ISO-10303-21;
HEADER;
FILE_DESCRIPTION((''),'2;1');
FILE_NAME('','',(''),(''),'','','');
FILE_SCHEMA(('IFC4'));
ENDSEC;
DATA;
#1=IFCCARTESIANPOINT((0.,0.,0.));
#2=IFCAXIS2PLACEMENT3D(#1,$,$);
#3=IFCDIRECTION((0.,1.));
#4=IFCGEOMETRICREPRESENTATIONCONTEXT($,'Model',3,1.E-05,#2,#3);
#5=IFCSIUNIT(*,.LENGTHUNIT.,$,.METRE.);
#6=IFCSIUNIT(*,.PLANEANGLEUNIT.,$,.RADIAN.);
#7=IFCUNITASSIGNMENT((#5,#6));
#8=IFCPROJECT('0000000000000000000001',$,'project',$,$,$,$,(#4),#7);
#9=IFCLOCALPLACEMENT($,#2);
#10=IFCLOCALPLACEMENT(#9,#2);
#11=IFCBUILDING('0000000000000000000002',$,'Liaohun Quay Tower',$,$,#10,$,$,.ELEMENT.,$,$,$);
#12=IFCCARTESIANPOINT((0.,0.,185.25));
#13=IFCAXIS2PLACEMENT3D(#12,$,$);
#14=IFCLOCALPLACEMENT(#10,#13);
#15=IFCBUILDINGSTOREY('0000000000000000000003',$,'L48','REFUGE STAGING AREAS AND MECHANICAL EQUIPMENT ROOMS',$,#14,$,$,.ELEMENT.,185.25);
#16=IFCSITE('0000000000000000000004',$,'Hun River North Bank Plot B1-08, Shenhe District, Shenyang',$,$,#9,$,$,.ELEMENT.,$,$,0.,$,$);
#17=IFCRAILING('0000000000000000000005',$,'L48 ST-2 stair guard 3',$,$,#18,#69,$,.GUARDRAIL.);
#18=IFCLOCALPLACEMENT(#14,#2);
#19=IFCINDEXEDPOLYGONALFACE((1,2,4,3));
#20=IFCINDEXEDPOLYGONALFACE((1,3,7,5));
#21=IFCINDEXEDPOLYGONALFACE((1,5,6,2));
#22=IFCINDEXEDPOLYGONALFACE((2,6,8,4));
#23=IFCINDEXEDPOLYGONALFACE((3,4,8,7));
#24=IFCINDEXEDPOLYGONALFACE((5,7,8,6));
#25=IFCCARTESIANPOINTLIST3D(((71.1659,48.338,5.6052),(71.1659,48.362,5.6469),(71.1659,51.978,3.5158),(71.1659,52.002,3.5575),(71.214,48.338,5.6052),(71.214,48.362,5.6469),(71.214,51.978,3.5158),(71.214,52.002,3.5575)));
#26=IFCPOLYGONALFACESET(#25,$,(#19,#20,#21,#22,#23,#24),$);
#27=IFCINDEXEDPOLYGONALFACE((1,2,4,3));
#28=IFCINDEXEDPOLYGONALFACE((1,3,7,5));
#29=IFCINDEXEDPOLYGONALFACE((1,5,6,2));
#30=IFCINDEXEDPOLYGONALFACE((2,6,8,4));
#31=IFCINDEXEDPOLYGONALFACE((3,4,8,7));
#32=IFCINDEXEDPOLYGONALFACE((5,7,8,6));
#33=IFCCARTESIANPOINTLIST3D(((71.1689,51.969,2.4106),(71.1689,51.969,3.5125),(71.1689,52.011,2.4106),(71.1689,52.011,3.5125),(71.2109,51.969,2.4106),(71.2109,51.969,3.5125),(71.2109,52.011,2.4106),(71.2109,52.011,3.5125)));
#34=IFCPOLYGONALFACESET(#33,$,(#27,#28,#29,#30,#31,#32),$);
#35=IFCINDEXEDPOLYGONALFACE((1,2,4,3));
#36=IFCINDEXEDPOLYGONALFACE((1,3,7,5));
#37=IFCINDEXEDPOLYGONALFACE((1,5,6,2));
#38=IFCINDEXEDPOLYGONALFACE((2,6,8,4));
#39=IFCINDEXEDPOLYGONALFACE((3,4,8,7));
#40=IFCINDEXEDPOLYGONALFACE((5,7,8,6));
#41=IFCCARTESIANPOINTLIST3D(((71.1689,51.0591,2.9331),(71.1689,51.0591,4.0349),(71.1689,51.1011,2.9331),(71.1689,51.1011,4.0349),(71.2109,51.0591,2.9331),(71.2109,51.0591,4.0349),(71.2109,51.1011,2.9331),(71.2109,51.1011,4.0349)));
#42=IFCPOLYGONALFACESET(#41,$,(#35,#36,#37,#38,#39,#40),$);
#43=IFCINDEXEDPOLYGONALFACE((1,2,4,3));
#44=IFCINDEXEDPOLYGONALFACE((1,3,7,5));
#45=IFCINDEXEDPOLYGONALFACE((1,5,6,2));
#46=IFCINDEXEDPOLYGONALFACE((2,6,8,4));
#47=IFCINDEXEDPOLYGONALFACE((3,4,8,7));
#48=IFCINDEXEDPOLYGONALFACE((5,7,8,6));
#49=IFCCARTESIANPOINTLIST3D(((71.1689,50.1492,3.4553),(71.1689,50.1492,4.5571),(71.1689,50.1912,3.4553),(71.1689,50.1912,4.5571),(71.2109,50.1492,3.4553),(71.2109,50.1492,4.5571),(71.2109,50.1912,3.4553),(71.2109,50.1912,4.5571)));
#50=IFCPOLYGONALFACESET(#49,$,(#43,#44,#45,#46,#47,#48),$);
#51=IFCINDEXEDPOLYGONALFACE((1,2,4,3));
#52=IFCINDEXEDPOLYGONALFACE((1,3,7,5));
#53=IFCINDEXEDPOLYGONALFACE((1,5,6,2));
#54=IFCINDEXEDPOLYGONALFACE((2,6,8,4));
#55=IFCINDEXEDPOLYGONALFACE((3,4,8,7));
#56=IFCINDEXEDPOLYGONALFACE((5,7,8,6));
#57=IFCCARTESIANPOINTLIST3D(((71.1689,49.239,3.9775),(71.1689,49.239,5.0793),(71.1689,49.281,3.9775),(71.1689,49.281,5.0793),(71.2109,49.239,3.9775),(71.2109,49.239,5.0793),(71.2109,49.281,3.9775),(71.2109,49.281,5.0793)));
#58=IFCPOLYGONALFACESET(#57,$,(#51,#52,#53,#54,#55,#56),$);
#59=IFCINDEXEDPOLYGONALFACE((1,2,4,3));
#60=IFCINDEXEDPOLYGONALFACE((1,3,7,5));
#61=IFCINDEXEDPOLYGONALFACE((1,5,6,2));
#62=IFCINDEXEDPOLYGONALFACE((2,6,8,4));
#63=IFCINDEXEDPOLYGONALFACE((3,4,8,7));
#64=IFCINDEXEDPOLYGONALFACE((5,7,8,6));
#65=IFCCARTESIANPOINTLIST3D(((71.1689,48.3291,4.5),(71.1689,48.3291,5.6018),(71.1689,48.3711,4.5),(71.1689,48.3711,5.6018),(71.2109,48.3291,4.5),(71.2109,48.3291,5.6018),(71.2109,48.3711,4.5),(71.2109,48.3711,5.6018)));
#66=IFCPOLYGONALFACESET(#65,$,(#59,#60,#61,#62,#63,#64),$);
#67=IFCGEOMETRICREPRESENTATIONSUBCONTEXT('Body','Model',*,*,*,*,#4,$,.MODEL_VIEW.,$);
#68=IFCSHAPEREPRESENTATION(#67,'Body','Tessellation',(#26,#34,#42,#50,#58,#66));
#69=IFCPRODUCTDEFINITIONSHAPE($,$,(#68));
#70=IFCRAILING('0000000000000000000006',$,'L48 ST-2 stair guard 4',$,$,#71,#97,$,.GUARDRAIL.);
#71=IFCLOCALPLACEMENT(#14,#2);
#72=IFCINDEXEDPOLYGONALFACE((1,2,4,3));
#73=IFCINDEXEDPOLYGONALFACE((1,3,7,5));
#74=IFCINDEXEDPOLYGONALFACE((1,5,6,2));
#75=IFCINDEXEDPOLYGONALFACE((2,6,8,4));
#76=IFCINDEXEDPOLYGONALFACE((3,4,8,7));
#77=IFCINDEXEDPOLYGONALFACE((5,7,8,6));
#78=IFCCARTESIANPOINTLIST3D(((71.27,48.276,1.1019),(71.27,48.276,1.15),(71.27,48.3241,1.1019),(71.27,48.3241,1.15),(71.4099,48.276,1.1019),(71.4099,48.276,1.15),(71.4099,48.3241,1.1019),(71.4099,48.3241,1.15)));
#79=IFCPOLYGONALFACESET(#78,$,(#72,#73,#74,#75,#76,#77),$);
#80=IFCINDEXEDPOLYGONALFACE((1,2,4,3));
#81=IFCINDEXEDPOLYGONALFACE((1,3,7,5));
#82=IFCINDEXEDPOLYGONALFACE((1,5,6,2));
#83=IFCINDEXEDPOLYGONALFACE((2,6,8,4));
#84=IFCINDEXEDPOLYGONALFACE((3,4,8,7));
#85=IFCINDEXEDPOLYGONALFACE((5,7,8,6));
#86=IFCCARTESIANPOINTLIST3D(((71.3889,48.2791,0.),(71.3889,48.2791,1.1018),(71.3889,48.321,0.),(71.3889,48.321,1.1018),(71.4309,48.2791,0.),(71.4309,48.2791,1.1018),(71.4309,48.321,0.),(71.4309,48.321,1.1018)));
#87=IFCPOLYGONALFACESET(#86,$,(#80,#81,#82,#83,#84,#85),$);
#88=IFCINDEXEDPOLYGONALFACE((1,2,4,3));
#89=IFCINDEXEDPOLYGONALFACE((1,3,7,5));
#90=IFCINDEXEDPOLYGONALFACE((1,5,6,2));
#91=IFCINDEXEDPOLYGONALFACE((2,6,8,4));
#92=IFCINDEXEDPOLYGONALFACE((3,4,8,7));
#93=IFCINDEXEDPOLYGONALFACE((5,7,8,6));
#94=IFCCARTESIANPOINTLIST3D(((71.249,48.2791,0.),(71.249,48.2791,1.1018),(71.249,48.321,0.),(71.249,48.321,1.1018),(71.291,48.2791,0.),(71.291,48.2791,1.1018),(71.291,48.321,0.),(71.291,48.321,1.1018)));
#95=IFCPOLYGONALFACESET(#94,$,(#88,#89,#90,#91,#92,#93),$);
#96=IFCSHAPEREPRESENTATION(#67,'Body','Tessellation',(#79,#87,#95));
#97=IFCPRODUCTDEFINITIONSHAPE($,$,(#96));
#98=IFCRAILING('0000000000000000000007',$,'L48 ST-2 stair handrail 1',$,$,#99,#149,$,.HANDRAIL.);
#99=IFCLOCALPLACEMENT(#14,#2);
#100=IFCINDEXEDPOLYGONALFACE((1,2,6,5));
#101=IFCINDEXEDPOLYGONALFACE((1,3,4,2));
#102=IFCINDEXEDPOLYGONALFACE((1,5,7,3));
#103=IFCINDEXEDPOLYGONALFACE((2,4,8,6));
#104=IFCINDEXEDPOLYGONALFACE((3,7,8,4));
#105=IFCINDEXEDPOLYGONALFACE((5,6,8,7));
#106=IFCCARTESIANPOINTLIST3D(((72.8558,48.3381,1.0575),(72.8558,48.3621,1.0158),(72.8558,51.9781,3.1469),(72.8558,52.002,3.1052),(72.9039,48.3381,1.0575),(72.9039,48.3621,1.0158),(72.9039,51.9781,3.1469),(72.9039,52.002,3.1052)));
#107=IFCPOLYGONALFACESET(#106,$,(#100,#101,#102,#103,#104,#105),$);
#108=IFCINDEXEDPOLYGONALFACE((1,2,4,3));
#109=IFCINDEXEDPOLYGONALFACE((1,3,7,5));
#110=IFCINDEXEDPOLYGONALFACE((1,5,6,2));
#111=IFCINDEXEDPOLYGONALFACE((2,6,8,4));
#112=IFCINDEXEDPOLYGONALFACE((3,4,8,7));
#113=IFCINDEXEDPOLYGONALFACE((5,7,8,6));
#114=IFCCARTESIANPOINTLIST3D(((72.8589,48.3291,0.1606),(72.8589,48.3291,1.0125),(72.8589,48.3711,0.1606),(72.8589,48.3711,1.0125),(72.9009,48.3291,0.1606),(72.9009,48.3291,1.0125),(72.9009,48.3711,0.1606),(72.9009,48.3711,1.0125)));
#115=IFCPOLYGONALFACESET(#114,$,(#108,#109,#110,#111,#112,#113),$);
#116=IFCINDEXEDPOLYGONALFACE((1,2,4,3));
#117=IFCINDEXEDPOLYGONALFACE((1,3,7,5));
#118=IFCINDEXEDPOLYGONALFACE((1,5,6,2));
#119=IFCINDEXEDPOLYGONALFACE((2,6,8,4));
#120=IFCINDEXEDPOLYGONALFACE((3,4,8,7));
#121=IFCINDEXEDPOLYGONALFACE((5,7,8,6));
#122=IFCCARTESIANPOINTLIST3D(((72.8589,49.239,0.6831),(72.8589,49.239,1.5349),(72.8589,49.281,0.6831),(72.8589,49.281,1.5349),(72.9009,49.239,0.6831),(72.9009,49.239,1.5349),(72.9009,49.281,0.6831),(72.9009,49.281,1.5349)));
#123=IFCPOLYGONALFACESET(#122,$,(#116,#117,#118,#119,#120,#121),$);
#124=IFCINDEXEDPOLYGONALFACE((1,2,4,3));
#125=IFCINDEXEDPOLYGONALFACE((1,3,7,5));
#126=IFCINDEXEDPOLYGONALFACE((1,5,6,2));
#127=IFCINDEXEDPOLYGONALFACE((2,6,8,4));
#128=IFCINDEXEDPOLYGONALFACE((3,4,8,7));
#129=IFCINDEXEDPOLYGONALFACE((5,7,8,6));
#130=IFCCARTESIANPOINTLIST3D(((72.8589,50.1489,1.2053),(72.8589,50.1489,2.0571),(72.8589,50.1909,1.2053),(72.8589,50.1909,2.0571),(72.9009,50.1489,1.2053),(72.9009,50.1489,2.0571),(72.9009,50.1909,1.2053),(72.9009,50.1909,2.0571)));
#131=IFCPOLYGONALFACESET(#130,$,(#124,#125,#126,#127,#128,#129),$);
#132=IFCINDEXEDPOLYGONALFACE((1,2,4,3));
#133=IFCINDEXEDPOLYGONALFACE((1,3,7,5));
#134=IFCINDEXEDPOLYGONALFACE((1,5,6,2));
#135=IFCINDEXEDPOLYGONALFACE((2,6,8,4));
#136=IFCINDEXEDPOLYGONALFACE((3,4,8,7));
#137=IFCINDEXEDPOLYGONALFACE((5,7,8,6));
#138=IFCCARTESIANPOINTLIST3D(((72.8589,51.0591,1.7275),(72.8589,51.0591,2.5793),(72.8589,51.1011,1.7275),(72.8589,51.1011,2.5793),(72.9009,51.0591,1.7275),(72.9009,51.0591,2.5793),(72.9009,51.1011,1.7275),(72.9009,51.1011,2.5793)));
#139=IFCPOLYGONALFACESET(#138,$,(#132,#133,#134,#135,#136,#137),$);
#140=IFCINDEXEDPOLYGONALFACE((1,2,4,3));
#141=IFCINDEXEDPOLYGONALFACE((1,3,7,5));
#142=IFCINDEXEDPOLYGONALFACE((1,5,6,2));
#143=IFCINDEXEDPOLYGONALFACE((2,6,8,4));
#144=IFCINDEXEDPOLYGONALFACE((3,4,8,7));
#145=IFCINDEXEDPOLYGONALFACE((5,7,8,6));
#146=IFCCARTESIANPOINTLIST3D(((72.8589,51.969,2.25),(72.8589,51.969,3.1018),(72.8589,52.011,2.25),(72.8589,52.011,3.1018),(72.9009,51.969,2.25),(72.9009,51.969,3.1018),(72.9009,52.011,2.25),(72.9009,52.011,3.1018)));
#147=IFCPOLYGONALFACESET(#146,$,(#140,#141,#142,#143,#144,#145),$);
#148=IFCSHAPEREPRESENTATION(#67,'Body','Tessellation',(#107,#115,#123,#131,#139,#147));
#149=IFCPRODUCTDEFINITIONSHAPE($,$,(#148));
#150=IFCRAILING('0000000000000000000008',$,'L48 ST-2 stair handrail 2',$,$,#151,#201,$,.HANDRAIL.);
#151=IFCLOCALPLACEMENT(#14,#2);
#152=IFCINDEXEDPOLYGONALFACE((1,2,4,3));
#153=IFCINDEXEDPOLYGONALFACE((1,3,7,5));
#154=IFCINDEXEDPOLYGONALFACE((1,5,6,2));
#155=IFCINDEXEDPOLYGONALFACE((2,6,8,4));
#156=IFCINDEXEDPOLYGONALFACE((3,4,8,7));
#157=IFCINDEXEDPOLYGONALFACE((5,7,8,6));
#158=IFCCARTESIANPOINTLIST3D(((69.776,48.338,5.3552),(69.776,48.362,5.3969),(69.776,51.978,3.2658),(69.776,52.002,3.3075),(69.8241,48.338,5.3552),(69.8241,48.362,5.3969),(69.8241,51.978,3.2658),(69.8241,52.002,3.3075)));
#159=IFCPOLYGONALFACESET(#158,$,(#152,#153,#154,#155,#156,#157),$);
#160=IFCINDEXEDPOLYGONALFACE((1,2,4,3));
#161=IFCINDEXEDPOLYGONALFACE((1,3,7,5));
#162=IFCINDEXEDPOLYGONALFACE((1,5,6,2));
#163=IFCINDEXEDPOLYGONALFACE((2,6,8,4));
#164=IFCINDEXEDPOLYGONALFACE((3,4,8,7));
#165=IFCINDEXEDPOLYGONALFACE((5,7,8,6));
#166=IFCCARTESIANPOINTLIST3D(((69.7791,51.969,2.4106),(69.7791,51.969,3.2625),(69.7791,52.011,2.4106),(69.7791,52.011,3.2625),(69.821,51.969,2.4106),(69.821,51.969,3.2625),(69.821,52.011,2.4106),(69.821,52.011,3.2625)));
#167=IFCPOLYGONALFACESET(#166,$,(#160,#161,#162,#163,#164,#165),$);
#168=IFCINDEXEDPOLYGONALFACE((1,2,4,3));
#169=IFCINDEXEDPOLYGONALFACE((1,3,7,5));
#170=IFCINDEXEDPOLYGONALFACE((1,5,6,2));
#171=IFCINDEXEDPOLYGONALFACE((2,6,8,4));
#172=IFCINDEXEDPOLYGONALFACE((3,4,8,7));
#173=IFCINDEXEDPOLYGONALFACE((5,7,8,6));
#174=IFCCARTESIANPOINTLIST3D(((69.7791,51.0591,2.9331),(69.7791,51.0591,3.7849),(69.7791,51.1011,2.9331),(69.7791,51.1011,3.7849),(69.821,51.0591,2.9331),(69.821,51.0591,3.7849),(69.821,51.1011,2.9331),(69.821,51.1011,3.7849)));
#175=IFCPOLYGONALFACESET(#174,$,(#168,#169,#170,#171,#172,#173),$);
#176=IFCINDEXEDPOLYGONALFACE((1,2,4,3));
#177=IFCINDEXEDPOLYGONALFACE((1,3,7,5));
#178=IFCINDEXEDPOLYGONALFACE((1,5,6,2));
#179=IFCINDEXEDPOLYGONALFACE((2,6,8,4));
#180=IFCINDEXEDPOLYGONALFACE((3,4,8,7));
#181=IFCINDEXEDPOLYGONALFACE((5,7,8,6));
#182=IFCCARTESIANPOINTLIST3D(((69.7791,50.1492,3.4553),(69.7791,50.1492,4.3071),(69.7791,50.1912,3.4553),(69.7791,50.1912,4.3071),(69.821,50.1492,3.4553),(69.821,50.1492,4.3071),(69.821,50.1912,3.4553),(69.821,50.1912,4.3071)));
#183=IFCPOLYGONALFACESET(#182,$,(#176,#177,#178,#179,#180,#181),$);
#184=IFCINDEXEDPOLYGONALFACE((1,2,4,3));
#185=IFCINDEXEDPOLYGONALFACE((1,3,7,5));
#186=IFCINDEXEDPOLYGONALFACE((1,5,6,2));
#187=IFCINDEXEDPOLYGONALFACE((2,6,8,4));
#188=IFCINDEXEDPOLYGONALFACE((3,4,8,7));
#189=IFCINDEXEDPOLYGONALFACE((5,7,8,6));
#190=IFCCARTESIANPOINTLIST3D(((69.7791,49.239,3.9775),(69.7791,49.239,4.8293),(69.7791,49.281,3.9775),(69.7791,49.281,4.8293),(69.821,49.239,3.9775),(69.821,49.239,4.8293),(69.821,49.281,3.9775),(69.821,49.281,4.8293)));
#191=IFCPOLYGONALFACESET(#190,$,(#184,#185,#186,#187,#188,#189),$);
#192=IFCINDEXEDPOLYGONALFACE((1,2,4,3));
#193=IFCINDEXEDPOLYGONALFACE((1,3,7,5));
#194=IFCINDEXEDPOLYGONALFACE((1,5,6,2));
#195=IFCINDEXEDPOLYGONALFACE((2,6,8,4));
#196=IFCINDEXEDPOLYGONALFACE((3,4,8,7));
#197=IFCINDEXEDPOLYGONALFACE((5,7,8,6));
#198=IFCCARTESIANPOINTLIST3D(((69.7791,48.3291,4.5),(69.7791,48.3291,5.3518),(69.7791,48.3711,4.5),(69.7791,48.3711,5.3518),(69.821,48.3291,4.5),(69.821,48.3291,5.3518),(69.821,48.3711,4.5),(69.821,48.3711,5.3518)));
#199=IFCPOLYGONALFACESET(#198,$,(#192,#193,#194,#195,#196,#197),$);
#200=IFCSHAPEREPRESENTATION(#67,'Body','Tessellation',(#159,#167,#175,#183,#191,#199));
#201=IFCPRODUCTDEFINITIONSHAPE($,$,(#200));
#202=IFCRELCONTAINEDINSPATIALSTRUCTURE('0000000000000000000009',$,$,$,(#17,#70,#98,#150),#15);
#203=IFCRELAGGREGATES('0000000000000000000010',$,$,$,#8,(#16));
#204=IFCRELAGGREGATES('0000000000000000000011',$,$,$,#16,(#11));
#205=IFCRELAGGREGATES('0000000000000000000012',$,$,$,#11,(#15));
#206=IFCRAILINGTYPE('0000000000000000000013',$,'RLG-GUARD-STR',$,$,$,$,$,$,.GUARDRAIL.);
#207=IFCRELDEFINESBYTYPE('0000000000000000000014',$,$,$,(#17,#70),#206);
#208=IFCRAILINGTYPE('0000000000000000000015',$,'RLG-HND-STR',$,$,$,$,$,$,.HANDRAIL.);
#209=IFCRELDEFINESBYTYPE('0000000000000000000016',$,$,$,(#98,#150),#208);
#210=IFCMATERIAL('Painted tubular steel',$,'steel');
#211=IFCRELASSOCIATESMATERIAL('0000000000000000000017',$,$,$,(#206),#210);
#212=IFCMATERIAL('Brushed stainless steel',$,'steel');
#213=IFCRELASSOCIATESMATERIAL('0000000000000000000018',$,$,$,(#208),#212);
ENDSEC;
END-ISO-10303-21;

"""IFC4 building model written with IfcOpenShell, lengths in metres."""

from ifc_helpers import new_model, si_unit, direction, frame, origin, origin_2d, place, context, subcontext, project, spatial, rectangle, extrude, material, type_object, element, save


model = new_model("IFC4")

# Units and contexts
model_context = context("Model", 3, precision=1e-05, world=origin(), true_north=direction((0.0, 1.0)))
body_context = subcontext(model_context, "Body", "Model", "MODEL_VIEW")
ifc_project = project(units=[si_unit("LENGTHUNIT", "METRE"), si_unit("PLANEANGLEUNIT", "RADIAN")], contexts=[model_context])

# Site, building, storey
site_placement = place(None, origin())
site = spatial("IfcSite", under=ifc_project, at=site_placement, Name="Hun River North Bank Plot B1-08, Shenhe District, Shenyang", CompositionType="ELEMENT", RefElevation=0.0)
building_placement = place(site_placement, origin())
building = spatial("IfcBuilding", under=site, at=building_placement, Name="Liaohun Quay Tower", CompositionType="ELEMENT")
storey_placement = place(building_placement, frame((0.0, 0.0, 185.25)))
storey = spatial("IfcBuildingStorey", under=building, at=storey_placement, Name="L48", Description="REFUGE STAGING AREAS AND MECHANICAL EQUIPMENT ROOMS", CompositionType="ELEMENT", Elevation=185.25)

# Railings
ifc_material_1 = material(Name="Painted tubular steel", Category="steel")
railing_type_1 = type_object("IfcRailingType", Name="RLG-GUARD-STR", PredefinedType="GUARDRAIL", material=ifc_material_1)
railing_1_placement = place(storey_placement, frame((71.1899, 51.99, 2.4106)))
element("IfcRailing", 1, at=railing_1_placement, inside=storey, type_object=railing_type_1, Name="L48 ST-2 stair guard 3", PredefinedType="GUARDRAIL", context=body_context, shape_type="SweptSolid", body=[
    extrude(rectangle(XDim=0.0481, YDim=0.0481, at=origin_2d()), frame((0.0, 0.0, 1.126), z_axis=(0.0, -0.867275, 0.497829), x_axis=(1.0, 0.0, 0.0)), (0.0, 0.0, 1.0), 4.197),
    extrude(rectangle(XDim=0.042, YDim=0.042, at=origin_2d()), origin(), (0.0, 0.0, 1.0), 1.1018),
    extrude(rectangle(XDim=0.042, YDim=0.042, at=origin_2d()), frame((0.0, -0.9099, 0.5225)), (0.0, 0.0, 1.0), 1.1018),
    extrude(rectangle(XDim=0.042, YDim=0.042, at=origin_2d()), frame((0.0, -1.8198, 1.0447)), (0.0, 0.0, 1.0), 1.1018),
    extrude(rectangle(XDim=0.042, YDim=0.042, at=origin_2d()), frame((0.0, -2.73, 1.5669)), (0.0, 0.0, 1.0), 1.1018),
    extrude(rectangle(XDim=0.042, YDim=0.042, at=origin_2d()), frame((0.0, -3.6399, 2.0894)), (0.0, 0.0, 1.0), 1.1018),
])
railing_2_placement = place(storey_placement, frame((71.4099, 48.3, 0.0)))
element("IfcRailing", 2, at=railing_2_placement, inside=storey, type_object=railing_type_1, Name="L48 ST-2 stair guard 4", PredefinedType="GUARDRAIL", context=body_context, shape_type="SweptSolid", body=[
    extrude(rectangle(XDim=0.0481, YDim=0.0481, at=origin_2d()), frame((0.0, 0.0, 1.126), z_axis=(-1.0, 0.0, 0.0), x_axis=(0.0, -1.0, 0.0)), (0.0, 0.0, 1.0), 0.1399),
    extrude(rectangle(XDim=0.042, YDim=0.042, at=origin_2d()), origin(), (0.0, 0.0, 1.0), 1.1018),
    extrude(rectangle(XDim=0.042, YDim=0.042, at=origin_2d()), frame((-0.1399, 0.0, 0.0)), (0.0, 0.0, 1.0), 1.1018),
])
ifc_material_2 = material(Name="Brushed stainless steel", Category="steel")
railing_type_2 = type_object("IfcRailingType", Name="RLG-HND-STR", PredefinedType="HANDRAIL", material=ifc_material_2)
railing_3_placement = place(storey_placement, frame((72.8799, 48.3501, 0.1606)))
element("IfcRailing", 3, at=railing_3_placement, inside=storey, type_object=railing_type_2, Name="L48 ST-2 stair handrail 1", PredefinedType="HANDRAIL", context=body_context, shape_type="SweptSolid", body=[
    extrude(rectangle(XDim=0.0481, YDim=0.0481, at=origin_2d()), frame((0.0, 0.0, 0.876), z_axis=(0.0, 0.867275, 0.497829), x_axis=(-1.0, 0.0, 0.0)), (0.0, 0.0, 1.0), 4.197),
    extrude(rectangle(XDim=0.042, YDim=0.042, at=origin_2d()), origin(), (0.0, 0.0, 1.0), 0.8518),
    extrude(rectangle(XDim=0.042, YDim=0.042, at=origin_2d()), frame((0.0, 0.9099, 0.5225)), (0.0, 0.0, 1.0), 0.8518),
    extrude(rectangle(XDim=0.042, YDim=0.042, at=origin_2d()), frame((0.0, 1.8198, 1.0447)), (0.0, 0.0, 1.0), 0.8518),
    extrude(rectangle(XDim=0.042, YDim=0.042, at=origin_2d()), frame((0.0, 2.73, 1.5669)), (0.0, 0.0, 1.0), 0.8518),
    extrude(rectangle(XDim=0.042, YDim=0.042, at=origin_2d()), frame((0.0, 3.6399, 2.0894)), (0.0, 0.0, 1.0), 0.8518),
])
railing_4_placement = place(storey_placement, frame((69.8, 51.99, 2.4106)))
element("IfcRailing", 4, at=railing_4_placement, inside=storey, type_object=railing_type_2, Name="L48 ST-2 stair handrail 2", PredefinedType="HANDRAIL", context=body_context, shape_type="SweptSolid", body=[
    extrude(rectangle(XDim=0.0481, YDim=0.0481, at=origin_2d()), frame((0.0, 0.0, 0.876), z_axis=(0.0, -0.867275, 0.497829), x_axis=(1.0, 0.0, 0.0)), (0.0, 0.0, 1.0), 4.197),
    extrude(rectangle(XDim=0.042, YDim=0.042, at=origin_2d()), origin(), (0.0, 0.0, 1.0), 0.8518),
    extrude(rectangle(XDim=0.042, YDim=0.042, at=origin_2d()), frame((0.0, -0.9099, 0.5225)), (0.0, 0.0, 1.0), 0.8518),
    extrude(rectangle(XDim=0.042, YDim=0.042, at=origin_2d()), frame((0.0, -1.8198, 1.0447)), (0.0, 0.0, 1.0), 0.8518),
    extrude(rectangle(XDim=0.042, YDim=0.042, at=origin_2d()), frame((0.0, -2.73, 1.5669)), (0.0, 0.0, 1.0), 0.8518),
    extrude(rectangle(XDim=0.042, YDim=0.042, at=origin_2d()), frame((0.0, -3.6399, 2.0894)), (0.0, 0.0, 1.0), 0.8518),
])

save(model, "model.ifc")
